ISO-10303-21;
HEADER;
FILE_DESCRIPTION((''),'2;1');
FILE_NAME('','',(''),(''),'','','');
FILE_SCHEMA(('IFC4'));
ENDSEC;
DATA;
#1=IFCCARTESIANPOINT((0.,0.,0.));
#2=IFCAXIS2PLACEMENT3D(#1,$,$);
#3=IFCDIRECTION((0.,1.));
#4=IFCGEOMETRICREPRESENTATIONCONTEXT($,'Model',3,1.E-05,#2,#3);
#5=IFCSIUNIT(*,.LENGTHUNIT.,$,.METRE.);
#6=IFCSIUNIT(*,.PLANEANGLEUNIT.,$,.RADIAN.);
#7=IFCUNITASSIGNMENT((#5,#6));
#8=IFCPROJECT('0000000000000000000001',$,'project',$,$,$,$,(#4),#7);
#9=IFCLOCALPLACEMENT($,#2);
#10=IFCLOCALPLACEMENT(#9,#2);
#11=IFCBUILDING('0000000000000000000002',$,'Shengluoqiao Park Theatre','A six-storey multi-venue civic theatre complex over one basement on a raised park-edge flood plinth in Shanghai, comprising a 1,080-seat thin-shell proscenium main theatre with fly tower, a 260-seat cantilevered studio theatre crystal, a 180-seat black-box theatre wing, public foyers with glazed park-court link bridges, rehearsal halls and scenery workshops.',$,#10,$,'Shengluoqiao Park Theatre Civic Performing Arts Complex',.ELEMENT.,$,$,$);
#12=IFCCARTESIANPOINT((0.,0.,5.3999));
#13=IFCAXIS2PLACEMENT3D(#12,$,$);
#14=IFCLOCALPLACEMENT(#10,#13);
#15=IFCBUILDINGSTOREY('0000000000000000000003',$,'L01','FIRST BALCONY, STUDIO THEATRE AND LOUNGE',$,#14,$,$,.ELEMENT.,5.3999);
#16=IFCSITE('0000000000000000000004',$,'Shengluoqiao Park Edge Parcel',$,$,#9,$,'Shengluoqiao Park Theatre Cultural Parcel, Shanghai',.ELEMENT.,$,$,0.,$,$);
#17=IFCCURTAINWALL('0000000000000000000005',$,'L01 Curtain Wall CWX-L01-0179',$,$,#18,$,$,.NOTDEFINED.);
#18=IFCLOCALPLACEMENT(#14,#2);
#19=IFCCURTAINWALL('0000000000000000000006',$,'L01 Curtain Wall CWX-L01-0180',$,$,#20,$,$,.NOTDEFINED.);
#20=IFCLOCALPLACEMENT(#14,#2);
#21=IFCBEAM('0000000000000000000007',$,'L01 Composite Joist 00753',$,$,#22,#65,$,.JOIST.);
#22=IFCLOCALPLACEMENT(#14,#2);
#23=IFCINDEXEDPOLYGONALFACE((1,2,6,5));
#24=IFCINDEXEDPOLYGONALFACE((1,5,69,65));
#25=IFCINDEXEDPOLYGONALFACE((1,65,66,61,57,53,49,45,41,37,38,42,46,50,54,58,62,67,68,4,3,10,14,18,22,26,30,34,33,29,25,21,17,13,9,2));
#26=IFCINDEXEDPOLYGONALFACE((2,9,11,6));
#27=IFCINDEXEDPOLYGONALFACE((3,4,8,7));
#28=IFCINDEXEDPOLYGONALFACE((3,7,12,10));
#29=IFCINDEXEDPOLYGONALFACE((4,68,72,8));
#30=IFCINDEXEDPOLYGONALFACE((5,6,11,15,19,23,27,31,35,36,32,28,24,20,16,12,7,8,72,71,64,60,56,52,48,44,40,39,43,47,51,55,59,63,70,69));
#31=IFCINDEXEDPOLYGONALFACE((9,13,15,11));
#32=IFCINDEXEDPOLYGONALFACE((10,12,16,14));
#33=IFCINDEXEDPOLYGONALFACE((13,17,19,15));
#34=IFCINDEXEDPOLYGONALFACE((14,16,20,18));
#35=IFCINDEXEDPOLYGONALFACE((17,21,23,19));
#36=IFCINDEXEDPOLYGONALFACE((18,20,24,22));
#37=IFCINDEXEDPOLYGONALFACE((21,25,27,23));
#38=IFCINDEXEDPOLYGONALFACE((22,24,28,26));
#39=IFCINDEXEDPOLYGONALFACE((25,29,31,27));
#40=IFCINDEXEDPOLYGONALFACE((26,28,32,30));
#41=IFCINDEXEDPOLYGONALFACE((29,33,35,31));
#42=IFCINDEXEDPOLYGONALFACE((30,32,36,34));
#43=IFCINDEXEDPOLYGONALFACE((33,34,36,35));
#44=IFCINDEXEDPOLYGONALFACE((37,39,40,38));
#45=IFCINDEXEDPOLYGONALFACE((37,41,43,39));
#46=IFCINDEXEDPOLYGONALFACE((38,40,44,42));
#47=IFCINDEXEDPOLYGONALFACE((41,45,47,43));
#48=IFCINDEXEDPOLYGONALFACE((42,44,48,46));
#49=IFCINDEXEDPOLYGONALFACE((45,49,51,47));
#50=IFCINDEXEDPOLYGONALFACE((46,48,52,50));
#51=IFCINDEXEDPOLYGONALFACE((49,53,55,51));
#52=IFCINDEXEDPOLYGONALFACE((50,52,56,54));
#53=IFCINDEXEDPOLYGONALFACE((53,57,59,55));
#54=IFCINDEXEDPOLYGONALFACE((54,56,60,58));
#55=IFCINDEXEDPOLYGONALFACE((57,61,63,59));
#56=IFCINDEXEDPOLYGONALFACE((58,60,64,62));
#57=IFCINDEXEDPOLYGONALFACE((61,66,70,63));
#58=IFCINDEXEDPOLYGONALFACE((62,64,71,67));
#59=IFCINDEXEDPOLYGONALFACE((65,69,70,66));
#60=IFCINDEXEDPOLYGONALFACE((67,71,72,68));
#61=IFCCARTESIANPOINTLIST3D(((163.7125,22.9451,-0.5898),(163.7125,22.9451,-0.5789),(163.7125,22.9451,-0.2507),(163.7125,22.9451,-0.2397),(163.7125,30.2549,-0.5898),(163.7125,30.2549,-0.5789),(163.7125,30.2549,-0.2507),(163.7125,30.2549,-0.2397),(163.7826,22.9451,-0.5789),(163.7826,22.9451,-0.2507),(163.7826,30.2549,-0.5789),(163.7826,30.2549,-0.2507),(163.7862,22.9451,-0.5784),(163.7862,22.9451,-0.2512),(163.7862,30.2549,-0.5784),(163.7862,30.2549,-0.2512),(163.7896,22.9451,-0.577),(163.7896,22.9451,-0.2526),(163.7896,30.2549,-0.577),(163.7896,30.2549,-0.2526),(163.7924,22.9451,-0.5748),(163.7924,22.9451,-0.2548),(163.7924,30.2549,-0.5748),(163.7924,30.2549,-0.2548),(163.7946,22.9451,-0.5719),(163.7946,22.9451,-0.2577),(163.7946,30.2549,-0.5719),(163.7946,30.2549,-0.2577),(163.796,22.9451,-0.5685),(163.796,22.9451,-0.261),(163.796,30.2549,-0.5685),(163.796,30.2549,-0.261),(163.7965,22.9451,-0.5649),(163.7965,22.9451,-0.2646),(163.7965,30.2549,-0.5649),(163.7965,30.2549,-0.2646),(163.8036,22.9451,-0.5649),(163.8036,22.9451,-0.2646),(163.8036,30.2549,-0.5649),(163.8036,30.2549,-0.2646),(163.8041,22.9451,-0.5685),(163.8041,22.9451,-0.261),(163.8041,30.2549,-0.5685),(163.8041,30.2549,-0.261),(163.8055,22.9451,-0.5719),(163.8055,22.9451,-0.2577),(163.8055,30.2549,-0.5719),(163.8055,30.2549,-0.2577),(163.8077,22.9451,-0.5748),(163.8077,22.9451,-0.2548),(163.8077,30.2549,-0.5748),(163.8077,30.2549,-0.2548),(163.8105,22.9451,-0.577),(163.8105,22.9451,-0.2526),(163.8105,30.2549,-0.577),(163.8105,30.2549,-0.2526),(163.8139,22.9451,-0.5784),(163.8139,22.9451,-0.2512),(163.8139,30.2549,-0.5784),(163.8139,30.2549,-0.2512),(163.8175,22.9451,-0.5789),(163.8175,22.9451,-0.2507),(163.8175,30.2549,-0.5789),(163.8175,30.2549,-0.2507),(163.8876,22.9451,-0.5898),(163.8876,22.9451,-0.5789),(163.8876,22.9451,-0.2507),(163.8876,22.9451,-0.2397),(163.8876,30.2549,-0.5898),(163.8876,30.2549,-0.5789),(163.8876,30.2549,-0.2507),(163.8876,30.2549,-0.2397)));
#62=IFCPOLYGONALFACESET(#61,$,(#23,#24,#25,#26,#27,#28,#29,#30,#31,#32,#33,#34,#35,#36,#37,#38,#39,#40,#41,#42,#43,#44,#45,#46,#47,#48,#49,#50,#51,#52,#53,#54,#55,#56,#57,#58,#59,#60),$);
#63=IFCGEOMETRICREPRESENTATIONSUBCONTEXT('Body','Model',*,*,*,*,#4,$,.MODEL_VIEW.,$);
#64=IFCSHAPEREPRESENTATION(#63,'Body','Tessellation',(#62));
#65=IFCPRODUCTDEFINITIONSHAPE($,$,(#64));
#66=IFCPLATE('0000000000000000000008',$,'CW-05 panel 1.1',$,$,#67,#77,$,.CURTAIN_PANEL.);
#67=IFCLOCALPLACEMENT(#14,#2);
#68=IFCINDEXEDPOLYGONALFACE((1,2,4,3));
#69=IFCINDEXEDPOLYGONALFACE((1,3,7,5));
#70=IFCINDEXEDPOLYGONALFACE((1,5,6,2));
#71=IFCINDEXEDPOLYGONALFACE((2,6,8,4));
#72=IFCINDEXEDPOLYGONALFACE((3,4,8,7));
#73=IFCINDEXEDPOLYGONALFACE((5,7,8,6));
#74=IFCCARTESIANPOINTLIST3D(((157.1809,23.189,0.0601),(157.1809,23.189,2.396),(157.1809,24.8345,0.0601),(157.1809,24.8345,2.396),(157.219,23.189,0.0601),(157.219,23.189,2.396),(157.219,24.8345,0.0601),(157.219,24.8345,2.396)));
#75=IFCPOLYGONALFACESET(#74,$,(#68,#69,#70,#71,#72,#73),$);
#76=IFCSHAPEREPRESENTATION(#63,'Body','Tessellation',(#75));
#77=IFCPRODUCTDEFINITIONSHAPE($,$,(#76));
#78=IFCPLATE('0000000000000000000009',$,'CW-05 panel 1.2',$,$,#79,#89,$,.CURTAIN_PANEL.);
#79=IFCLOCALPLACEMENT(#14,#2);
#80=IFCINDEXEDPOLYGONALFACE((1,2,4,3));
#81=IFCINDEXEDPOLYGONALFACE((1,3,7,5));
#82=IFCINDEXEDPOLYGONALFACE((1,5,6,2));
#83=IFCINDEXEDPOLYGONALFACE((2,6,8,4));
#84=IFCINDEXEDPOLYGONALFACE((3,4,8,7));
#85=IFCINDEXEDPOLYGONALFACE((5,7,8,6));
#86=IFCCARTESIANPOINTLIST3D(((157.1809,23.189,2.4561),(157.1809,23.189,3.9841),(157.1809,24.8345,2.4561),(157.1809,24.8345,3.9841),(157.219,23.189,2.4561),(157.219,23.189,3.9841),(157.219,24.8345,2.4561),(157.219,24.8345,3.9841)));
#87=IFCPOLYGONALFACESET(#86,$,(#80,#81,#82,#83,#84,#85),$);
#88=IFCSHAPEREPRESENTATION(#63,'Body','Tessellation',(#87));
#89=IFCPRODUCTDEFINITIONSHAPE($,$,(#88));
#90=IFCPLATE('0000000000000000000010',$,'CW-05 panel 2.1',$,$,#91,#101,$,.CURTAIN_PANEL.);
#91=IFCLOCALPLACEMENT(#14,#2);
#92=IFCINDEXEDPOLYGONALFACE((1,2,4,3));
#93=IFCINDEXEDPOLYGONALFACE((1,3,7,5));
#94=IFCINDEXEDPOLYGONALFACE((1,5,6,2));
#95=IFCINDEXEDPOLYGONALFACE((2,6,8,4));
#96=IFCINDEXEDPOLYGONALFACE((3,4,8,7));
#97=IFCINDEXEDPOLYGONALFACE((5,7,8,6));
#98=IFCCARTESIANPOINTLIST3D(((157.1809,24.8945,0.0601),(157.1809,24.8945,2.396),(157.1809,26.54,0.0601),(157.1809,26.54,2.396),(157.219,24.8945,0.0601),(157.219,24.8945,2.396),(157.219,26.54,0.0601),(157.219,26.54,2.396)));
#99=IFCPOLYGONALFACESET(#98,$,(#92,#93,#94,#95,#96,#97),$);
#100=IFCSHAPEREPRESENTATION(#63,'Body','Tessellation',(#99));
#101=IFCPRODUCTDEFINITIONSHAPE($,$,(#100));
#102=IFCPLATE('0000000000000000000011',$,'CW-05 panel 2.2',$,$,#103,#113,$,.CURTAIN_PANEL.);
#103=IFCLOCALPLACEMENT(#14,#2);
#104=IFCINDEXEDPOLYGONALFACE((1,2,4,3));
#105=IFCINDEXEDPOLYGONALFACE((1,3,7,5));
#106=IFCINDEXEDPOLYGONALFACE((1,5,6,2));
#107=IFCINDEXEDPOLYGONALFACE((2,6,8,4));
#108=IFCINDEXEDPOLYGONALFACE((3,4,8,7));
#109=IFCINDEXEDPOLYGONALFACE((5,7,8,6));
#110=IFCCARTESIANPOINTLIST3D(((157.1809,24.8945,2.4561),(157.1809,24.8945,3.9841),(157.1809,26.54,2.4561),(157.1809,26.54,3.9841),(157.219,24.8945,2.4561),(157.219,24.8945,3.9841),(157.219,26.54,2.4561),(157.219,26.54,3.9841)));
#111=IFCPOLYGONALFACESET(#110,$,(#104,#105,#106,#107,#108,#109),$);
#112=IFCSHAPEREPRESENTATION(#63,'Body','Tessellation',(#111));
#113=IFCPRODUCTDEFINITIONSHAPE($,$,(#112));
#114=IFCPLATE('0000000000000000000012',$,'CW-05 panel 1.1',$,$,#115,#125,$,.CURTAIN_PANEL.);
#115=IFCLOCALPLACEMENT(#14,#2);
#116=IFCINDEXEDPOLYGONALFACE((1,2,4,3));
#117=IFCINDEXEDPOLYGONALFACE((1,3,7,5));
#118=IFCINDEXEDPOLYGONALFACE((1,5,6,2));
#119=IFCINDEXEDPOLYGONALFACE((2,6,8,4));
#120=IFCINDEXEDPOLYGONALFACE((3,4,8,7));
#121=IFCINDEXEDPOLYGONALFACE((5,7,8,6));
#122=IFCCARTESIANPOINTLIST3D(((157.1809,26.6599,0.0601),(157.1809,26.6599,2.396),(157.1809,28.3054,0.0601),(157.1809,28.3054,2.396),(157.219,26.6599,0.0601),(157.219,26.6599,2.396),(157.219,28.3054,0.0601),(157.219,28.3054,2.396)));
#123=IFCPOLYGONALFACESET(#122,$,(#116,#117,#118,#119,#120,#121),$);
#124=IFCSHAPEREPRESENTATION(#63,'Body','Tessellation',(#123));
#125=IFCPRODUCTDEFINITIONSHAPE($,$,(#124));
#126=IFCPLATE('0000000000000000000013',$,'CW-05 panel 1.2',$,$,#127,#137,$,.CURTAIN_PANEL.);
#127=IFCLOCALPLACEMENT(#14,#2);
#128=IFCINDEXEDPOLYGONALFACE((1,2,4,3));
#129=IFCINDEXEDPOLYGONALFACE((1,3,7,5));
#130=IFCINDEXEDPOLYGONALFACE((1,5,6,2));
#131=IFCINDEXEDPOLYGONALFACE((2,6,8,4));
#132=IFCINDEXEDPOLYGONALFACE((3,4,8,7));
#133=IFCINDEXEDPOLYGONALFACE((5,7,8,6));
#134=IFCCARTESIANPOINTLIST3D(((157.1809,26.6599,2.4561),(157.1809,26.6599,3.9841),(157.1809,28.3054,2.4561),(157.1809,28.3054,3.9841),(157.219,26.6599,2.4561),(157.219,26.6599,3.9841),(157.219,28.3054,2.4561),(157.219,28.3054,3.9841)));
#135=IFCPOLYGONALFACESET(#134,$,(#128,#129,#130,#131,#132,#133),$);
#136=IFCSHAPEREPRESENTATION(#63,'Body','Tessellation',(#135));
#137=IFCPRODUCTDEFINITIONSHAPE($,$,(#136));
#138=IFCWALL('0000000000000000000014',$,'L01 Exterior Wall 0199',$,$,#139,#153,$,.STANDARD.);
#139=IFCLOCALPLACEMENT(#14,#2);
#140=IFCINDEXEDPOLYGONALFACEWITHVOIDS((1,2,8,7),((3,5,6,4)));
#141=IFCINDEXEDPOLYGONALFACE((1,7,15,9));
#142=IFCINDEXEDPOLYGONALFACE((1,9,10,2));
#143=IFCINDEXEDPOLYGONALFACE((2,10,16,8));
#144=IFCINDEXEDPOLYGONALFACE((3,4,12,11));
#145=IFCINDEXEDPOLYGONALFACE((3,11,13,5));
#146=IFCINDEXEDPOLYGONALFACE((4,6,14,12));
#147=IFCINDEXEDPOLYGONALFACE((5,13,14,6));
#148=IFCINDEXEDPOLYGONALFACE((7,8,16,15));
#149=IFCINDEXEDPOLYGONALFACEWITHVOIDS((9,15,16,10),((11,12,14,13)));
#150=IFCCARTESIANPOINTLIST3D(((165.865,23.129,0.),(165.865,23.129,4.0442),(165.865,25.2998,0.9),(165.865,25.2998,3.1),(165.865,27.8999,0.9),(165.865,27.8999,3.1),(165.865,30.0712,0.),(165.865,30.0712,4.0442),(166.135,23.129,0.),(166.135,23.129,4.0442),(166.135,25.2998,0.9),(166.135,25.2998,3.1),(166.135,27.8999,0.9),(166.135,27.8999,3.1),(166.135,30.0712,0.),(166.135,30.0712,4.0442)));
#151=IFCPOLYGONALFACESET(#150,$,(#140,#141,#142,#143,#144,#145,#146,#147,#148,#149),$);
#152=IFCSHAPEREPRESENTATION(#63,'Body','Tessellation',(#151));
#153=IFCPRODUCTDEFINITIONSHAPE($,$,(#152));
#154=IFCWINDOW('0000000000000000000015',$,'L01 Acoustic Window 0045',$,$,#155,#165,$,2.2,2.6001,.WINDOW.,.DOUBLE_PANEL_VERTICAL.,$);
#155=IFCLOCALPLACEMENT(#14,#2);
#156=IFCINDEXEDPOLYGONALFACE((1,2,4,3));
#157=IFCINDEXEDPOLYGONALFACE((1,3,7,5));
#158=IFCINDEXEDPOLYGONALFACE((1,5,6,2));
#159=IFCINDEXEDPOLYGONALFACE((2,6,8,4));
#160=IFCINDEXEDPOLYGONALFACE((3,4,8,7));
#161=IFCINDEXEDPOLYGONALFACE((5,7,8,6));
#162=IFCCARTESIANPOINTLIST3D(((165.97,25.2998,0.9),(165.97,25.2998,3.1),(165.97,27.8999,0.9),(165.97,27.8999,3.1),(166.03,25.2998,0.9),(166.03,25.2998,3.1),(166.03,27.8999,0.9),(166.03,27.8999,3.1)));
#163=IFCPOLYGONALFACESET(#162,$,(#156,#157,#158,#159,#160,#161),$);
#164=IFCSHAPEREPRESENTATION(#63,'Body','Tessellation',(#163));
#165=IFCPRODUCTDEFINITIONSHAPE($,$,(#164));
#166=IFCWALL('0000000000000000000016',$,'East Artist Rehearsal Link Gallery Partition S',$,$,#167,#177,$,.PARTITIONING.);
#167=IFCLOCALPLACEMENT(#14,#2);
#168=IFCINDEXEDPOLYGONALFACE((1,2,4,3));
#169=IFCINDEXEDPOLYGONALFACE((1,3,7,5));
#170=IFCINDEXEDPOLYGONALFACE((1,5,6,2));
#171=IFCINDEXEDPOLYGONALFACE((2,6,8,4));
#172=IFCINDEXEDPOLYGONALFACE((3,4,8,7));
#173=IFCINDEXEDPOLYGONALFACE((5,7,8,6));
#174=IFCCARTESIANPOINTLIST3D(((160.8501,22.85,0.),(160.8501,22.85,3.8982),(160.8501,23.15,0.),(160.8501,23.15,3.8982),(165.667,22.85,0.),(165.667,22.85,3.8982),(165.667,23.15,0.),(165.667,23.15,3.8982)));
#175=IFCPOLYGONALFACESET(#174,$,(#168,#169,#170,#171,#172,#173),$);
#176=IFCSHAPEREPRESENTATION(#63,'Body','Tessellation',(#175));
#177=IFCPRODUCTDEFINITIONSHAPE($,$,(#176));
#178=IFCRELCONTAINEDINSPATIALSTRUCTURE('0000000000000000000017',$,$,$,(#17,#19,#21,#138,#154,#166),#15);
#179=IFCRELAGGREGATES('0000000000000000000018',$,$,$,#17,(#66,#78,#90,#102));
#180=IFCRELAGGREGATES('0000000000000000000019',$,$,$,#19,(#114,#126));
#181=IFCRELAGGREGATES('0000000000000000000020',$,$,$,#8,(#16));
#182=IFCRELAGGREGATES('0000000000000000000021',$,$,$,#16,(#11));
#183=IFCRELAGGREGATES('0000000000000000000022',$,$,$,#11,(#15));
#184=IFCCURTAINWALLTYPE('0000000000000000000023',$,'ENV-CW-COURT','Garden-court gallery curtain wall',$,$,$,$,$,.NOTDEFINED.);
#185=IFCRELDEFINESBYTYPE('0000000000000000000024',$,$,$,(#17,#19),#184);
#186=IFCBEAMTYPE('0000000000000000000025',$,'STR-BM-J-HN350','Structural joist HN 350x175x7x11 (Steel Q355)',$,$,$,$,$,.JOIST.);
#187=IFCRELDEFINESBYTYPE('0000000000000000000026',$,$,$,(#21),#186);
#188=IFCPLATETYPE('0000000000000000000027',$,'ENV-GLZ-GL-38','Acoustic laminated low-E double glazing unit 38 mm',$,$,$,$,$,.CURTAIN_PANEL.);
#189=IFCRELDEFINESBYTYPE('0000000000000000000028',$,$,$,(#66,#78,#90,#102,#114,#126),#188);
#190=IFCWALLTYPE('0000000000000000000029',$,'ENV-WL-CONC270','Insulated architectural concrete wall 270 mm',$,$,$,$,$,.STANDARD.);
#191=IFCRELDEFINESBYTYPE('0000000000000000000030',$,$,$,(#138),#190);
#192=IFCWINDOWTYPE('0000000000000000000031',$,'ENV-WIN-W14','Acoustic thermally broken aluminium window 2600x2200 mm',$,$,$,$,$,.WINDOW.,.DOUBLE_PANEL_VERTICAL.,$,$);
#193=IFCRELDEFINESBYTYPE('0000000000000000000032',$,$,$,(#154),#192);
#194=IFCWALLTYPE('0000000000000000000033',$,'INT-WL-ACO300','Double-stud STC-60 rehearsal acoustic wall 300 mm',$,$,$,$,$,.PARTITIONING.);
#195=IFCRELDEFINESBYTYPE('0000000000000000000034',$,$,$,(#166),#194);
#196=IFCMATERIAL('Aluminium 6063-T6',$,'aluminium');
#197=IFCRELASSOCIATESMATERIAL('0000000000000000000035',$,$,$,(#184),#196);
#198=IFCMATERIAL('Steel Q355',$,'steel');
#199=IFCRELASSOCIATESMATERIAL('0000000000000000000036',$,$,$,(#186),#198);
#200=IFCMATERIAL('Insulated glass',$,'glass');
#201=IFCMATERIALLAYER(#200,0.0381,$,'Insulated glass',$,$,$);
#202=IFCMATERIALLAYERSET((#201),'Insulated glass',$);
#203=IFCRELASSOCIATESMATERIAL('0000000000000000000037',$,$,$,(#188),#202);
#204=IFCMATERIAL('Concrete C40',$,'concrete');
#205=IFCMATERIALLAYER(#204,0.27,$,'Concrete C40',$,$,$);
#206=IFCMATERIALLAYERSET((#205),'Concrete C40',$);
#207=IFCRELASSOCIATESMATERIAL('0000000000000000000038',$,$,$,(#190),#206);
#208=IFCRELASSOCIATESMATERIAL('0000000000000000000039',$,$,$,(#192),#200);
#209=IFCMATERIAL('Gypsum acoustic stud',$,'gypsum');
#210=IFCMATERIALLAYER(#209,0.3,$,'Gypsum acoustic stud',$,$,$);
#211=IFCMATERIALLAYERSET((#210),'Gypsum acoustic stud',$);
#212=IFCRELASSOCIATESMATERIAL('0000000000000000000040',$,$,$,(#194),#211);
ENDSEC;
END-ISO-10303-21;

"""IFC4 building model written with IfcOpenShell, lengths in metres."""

from ifc_helpers import new_model, si_unit, direction, frame, frame_2d, origin, origin_2d, place, context, subcontext, project, spatial, rectangle, i_section, extrude, material, layer, layer_set, material_profile, profile_set, type_object, element, fill, aggregate, save


model = new_model("IFC4")

# Units and contexts
model_context = context("Model", 3, precision=1e-05, world=origin(), true_north=direction((0.0, 1.0)))
body_context = subcontext(model_context, "Body", "Model", "MODEL_VIEW")
ifc_project = project(units=[si_unit("LENGTHUNIT", "METRE"), si_unit("PLANEANGLEUNIT", "RADIAN")], contexts=[model_context])

# Site, building, storey
site_placement = place(None, origin())
site = spatial("IfcSite", under=ifc_project, at=site_placement, Name="Shengluoqiao Park Edge Parcel", LongName="Shengluoqiao Park Theatre Cultural Parcel, Shanghai", CompositionType="ELEMENT", RefElevation=0.0)
building_placement = place(site_placement, origin())
building = spatial("IfcBuilding", under=site, at=building_placement, Name="Shengluoqiao Park Theatre", Description="A six-storey multi-venue civic theatre complex over one basement on a raised park-edge flood plinth in Shanghai, comprising a 1,080-seat thin-shell proscenium main theatre with fly tower, a 260-seat cantilevered studio theatre crystal, a 180-seat black-box theatre wing, public foyers with glazed park-court link bridges, rehearsal halls and scenery workshops.", LongName="Shengluoqiao Park Theatre Civic Performing Arts Complex", CompositionType="ELEMENT")
storey_placement = place(building_placement, frame((0.0, 0.0, 5.3999)))
storey = spatial("IfcBuildingStorey", under=building, at=storey_placement, Name="L01", Description="FIRST BALCONY, STUDIO THEATRE AND LOUNGE", CompositionType="ELEMENT", Elevation=5.3999)

# Shared definitions
ifc_material_1 = material(Name="Concrete C40", Category="concrete")

# Curtain walls
ifc_material_2 = material(Name="Aluminium 6063-T6", Category="aluminium")
curtain_wall_type = type_object("IfcCurtainWallType", Name="ENV-CW-COURT", Description="Garden-court gallery curtain wall", PredefinedType="NOTDEFINED", material=ifc_material_2)
curtain_wall_1_placement = place(storey_placement, origin())
curtain_wall_1 = element("IfcCurtainWall", 1, at=curtain_wall_1_placement, inside=storey, type_object=curtain_wall_type, Name="L01 Curtain Wall CWX-L01-0179", PredefinedType="NOTDEFINED")
curtain_wall_2_placement = place(storey_placement, origin())
curtain_wall_2 = element("IfcCurtainWall", 2, at=curtain_wall_2_placement, inside=storey, type_object=curtain_wall_type, Name="L01 Curtain Wall CWX-L01-0180", PredefinedType="NOTDEFINED")

# Beam
ifc_material_3 = material(Name="Steel Q355", Category="steel")
ifc_material_profile_1 = material_profile(ifc_material_3, i_section(OverallWidth=0.175, OverallDepth=0.3501, WebThickness=0.0071, FlangeThickness=0.011, FilletRadius=0.0139, at=origin_2d()), Name="HN 350x175x7x11")
ifc_profile_set_1 = profile_set([ifc_material_profile_1], Name="Steel Q355")
beam_type_1 = type_object("IfcBeamType", Name="STR-BM-J-HN350", Description="Structural joist HN 350x175x7x11 (Steel Q355)", PredefinedType="JOIST", material=ifc_profile_set_1)
for number, where, z_axis, x_axis, name in (
    (3, (163.8, 22.9451, -0.4148), (0.0, 1.0, 0.0), (-1.0, 0.0, 0.0), "L01 Composite Joist 00753"),
):
    element("IfcBeam", number, at=place(storey_placement, frame(where, z_axis=z_axis, x_axis=x_axis)), inside=storey, type_object=beam_type_1, Name=name, PredefinedType="JOIST", context=body_context, shape_type="SweptSolid", body=[
        extrude(i_section(OverallWidth=0.175, OverallDepth=0.3501, WebThickness=0.0071, FlangeThickness=0.011, FilletRadius=0.0139, at=origin_2d()), origin(), (0.0, 0.0, 1.0), 7.3098),
    ])

# Plates
ifc_material_4 = material(Name="Insulated glass", Category="glass")
ifc_layer_1 = layer(ifc_material_4, 0.0381, Name="Insulated glass")
ifc_layer_set_1 = layer_set([ifc_layer_1], Name="Insulated glass")
plate_type = type_object("IfcPlateType", Name="ENV-GLZ-GL-38", Description="Acoustic laminated low-E double glazing unit 38 mm", PredefinedType="CURTAIN_PANEL", material=ifc_layer_set_1)
plate_1_placement = place(storey_placement, frame((157.2, 24.0117, 0.0601), z_axis=(0.0, 0.0, 1.0), x_axis=(0.0, 1.0, 0.0)))
plate_1 = element("IfcPlate", 4, at=plate_1_placement, type_object=plate_type, Name="CW-05 panel 1.1", PredefinedType="CURTAIN_PANEL", context=body_context, shape_type="SweptSolid", body=[
    extrude(rectangle(XDim=1.6455, YDim=0.0381, at=origin_2d()), origin(), (0.0, 0.0, 1.0), 2.3359),
])
plate_2_placement = place(storey_placement, frame((157.2, 24.0117, 2.4561), z_axis=(0.0, 0.0, 1.0), x_axis=(0.0, 1.0, 0.0)))
plate_2 = element("IfcPlate", 5, at=plate_2_placement, type_object=plate_type, Name="CW-05 panel 1.2", PredefinedType="CURTAIN_PANEL", context=body_context, shape_type="SweptSolid", body=[
    extrude(rectangle(XDim=1.6455, YDim=0.0381, at=origin_2d()), origin(), (0.0, 0.0, 1.0), 1.5281),
])
plate_3_placement = place(storey_placement, frame((157.2, 25.7173, 0.0601), z_axis=(0.0, 0.0, 1.0), x_axis=(0.0, 1.0, 0.0)))
plate_3 = element("IfcPlate", 6, at=plate_3_placement, type_object=plate_type, Name="CW-05 panel 2.1", PredefinedType="CURTAIN_PANEL", context=body_context, shape_type="SweptSolid", body=[
    extrude(rectangle(XDim=1.6455, YDim=0.0381, at=origin_2d()), origin(), (0.0, 0.0, 1.0), 2.3359),
])
plate_4_placement = place(storey_placement, frame((157.2, 25.7173, 2.4561), z_axis=(0.0, 0.0, 1.0), x_axis=(0.0, 1.0, 0.0)))
plate_4 = element("IfcPlate", 7, at=plate_4_placement, type_object=plate_type, Name="CW-05 panel 2.2", PredefinedType="CURTAIN_PANEL", context=body_context, shape_type="SweptSolid", body=[
    extrude(rectangle(XDim=1.6455, YDim=0.0381, at=origin_2d()), origin(), (0.0, 0.0, 1.0), 1.5281),
])
aggregate(curtain_wall_1, [plate_1, plate_2, plate_3, plate_4])
plate_5_placement = place(storey_placement, frame((157.2, 27.4827, 0.0601), z_axis=(0.0, 0.0, 1.0), x_axis=(0.0, 1.0, 0.0)))
plate_5 = element("IfcPlate", 8, at=plate_5_placement, type_object=plate_type, Name="CW-05 panel 1.1", PredefinedType="CURTAIN_PANEL", context=body_context, shape_type="SweptSolid", body=[
    extrude(rectangle(XDim=1.6455, YDim=0.0381, at=origin_2d()), origin(), (0.0, 0.0, 1.0), 2.3359),
])
plate_6_placement = place(storey_placement, frame((157.2, 27.4827, 2.4561), z_axis=(0.0, 0.0, 1.0), x_axis=(0.0, 1.0, 0.0)))
plate_6 = element("IfcPlate", 9, at=plate_6_placement, type_object=plate_type, Name="CW-05 panel 1.2", PredefinedType="CURTAIN_PANEL", context=body_context, shape_type="SweptSolid", body=[
    extrude(rectangle(XDim=1.6455, YDim=0.0381, at=origin_2d()), origin(), (0.0, 0.0, 1.0), 1.5281),
])
aggregate(curtain_wall_2, [plate_5, plate_6])

# Wall, opening, window
ifc_layer_2 = layer(ifc_material_1, 0.27, Name="Concrete C40")
ifc_layer_set_2 = layer_set([ifc_layer_2], Name="Concrete C40")
wall_type_1 = type_object("IfcWallType", Name="ENV-WL-CONC270", Description="Insulated architectural concrete wall 270 mm", PredefinedType="STANDARD", material=ifc_layer_set_2)
wall_1_placement = place(storey_placement, frame((166.0, 23.1289, 0.0), z_axis=(0.0, 0.0, 1.0), x_axis=(0.0, 1.0, 0.0)))
wall_1 = element("IfcWall", 10, at=wall_1_placement, inside=storey, type_object=wall_type_1, Name="L01 Exterior Wall 0199", PredefinedType="STANDARD", context=body_context, shape_type="SweptSolid", body=[
    extrude(rectangle(XDim=6.9421, YDim=0.27, at=frame_2d((3.4712, 0.0))), origin(), (0.0, 0.0, 1.0), 4.0442),
])
opening_1_placement = place(wall_1_placement, frame((2.1709, 0.0, 0.8999)))
opening_1 = element("IfcOpeningElement", 11, at=opening_1_placement, cuts=wall_1, PredefinedType="OPENING", context=body_context, shape_type="SweptSolid", body=[
    extrude(rectangle(XDim=2.6001, YDim=2.2, at=frame_2d((1.3, 1.1001))), frame((0.0, 0.145, 0.0), z_axis=(0.0, -1.0, 0.0), x_axis=(1.0, 0.0, 0.0)), (0.0, 0.0, 1.0), 0.29),
])
window_type = type_object("IfcWindowType", Name="ENV-WIN-W14", Description="Acoustic thermally broken aluminium window 2600x2200 mm", PartitioningType="DOUBLE_PANEL_VERTICAL", PredefinedType="WINDOW", material=ifc_material_4)
window_placement = place(opening_1_placement, origin())
window = element("IfcWindow", 12, at=window_placement, inside=storey, type_object=window_type, Name="L01 Acoustic Window 0045", OverallHeight=2.2, OverallWidth=2.6001, PartitioningType="DOUBLE_PANEL_VERTICAL", PredefinedType="WINDOW", context=body_context, shape_type="SweptSolid", body=[
    extrude(rectangle(XDim=2.6001, YDim=2.2, at=frame_2d((1.3, 1.1001))), frame((0.0, 0.03, 0.0), z_axis=(0.0, -1.0, 0.0), x_axis=(1.0, 0.0, 0.0)), (0.0, 0.0, 1.0), 0.0601),
])
fill(opening_1, window)

# Wall
ifc_material_5 = material(Name="Gypsum acoustic stud", Category="gypsum")
ifc_layer_3 = layer(ifc_material_5, 0.3, Name="Gypsum acoustic stud")
ifc_layer_set_3 = layer_set([ifc_layer_3], Name="Gypsum acoustic stud")
wall_type_2 = type_object("IfcWallType", Name="INT-WL-ACO300", Description="Double-stud STC-60 rehearsal acoustic wall 300 mm", PredefinedType="PARTITIONING", material=ifc_layer_set_3)
wall_2_placement = place(storey_placement, frame((160.8501, 23.0, 0.0), z_axis=(0.0, 0.0, 1.0), x_axis=(1.0, 0.0, 0.0)))
element("IfcWall", 13, at=wall_2_placement, inside=storey, type_object=wall_type_2, Name="East Artist Rehearsal Link Gallery Partition S", PredefinedType="PARTITIONING", context=body_context, shape_type="SweptSolid", body=[
    extrude(rectangle(XDim=4.8169, YDim=0.3, at=frame_2d((2.4084, 0.0))), origin(), (0.0, 0.0, 1.0), 3.8982),
])

save(model, "model.ifc")
